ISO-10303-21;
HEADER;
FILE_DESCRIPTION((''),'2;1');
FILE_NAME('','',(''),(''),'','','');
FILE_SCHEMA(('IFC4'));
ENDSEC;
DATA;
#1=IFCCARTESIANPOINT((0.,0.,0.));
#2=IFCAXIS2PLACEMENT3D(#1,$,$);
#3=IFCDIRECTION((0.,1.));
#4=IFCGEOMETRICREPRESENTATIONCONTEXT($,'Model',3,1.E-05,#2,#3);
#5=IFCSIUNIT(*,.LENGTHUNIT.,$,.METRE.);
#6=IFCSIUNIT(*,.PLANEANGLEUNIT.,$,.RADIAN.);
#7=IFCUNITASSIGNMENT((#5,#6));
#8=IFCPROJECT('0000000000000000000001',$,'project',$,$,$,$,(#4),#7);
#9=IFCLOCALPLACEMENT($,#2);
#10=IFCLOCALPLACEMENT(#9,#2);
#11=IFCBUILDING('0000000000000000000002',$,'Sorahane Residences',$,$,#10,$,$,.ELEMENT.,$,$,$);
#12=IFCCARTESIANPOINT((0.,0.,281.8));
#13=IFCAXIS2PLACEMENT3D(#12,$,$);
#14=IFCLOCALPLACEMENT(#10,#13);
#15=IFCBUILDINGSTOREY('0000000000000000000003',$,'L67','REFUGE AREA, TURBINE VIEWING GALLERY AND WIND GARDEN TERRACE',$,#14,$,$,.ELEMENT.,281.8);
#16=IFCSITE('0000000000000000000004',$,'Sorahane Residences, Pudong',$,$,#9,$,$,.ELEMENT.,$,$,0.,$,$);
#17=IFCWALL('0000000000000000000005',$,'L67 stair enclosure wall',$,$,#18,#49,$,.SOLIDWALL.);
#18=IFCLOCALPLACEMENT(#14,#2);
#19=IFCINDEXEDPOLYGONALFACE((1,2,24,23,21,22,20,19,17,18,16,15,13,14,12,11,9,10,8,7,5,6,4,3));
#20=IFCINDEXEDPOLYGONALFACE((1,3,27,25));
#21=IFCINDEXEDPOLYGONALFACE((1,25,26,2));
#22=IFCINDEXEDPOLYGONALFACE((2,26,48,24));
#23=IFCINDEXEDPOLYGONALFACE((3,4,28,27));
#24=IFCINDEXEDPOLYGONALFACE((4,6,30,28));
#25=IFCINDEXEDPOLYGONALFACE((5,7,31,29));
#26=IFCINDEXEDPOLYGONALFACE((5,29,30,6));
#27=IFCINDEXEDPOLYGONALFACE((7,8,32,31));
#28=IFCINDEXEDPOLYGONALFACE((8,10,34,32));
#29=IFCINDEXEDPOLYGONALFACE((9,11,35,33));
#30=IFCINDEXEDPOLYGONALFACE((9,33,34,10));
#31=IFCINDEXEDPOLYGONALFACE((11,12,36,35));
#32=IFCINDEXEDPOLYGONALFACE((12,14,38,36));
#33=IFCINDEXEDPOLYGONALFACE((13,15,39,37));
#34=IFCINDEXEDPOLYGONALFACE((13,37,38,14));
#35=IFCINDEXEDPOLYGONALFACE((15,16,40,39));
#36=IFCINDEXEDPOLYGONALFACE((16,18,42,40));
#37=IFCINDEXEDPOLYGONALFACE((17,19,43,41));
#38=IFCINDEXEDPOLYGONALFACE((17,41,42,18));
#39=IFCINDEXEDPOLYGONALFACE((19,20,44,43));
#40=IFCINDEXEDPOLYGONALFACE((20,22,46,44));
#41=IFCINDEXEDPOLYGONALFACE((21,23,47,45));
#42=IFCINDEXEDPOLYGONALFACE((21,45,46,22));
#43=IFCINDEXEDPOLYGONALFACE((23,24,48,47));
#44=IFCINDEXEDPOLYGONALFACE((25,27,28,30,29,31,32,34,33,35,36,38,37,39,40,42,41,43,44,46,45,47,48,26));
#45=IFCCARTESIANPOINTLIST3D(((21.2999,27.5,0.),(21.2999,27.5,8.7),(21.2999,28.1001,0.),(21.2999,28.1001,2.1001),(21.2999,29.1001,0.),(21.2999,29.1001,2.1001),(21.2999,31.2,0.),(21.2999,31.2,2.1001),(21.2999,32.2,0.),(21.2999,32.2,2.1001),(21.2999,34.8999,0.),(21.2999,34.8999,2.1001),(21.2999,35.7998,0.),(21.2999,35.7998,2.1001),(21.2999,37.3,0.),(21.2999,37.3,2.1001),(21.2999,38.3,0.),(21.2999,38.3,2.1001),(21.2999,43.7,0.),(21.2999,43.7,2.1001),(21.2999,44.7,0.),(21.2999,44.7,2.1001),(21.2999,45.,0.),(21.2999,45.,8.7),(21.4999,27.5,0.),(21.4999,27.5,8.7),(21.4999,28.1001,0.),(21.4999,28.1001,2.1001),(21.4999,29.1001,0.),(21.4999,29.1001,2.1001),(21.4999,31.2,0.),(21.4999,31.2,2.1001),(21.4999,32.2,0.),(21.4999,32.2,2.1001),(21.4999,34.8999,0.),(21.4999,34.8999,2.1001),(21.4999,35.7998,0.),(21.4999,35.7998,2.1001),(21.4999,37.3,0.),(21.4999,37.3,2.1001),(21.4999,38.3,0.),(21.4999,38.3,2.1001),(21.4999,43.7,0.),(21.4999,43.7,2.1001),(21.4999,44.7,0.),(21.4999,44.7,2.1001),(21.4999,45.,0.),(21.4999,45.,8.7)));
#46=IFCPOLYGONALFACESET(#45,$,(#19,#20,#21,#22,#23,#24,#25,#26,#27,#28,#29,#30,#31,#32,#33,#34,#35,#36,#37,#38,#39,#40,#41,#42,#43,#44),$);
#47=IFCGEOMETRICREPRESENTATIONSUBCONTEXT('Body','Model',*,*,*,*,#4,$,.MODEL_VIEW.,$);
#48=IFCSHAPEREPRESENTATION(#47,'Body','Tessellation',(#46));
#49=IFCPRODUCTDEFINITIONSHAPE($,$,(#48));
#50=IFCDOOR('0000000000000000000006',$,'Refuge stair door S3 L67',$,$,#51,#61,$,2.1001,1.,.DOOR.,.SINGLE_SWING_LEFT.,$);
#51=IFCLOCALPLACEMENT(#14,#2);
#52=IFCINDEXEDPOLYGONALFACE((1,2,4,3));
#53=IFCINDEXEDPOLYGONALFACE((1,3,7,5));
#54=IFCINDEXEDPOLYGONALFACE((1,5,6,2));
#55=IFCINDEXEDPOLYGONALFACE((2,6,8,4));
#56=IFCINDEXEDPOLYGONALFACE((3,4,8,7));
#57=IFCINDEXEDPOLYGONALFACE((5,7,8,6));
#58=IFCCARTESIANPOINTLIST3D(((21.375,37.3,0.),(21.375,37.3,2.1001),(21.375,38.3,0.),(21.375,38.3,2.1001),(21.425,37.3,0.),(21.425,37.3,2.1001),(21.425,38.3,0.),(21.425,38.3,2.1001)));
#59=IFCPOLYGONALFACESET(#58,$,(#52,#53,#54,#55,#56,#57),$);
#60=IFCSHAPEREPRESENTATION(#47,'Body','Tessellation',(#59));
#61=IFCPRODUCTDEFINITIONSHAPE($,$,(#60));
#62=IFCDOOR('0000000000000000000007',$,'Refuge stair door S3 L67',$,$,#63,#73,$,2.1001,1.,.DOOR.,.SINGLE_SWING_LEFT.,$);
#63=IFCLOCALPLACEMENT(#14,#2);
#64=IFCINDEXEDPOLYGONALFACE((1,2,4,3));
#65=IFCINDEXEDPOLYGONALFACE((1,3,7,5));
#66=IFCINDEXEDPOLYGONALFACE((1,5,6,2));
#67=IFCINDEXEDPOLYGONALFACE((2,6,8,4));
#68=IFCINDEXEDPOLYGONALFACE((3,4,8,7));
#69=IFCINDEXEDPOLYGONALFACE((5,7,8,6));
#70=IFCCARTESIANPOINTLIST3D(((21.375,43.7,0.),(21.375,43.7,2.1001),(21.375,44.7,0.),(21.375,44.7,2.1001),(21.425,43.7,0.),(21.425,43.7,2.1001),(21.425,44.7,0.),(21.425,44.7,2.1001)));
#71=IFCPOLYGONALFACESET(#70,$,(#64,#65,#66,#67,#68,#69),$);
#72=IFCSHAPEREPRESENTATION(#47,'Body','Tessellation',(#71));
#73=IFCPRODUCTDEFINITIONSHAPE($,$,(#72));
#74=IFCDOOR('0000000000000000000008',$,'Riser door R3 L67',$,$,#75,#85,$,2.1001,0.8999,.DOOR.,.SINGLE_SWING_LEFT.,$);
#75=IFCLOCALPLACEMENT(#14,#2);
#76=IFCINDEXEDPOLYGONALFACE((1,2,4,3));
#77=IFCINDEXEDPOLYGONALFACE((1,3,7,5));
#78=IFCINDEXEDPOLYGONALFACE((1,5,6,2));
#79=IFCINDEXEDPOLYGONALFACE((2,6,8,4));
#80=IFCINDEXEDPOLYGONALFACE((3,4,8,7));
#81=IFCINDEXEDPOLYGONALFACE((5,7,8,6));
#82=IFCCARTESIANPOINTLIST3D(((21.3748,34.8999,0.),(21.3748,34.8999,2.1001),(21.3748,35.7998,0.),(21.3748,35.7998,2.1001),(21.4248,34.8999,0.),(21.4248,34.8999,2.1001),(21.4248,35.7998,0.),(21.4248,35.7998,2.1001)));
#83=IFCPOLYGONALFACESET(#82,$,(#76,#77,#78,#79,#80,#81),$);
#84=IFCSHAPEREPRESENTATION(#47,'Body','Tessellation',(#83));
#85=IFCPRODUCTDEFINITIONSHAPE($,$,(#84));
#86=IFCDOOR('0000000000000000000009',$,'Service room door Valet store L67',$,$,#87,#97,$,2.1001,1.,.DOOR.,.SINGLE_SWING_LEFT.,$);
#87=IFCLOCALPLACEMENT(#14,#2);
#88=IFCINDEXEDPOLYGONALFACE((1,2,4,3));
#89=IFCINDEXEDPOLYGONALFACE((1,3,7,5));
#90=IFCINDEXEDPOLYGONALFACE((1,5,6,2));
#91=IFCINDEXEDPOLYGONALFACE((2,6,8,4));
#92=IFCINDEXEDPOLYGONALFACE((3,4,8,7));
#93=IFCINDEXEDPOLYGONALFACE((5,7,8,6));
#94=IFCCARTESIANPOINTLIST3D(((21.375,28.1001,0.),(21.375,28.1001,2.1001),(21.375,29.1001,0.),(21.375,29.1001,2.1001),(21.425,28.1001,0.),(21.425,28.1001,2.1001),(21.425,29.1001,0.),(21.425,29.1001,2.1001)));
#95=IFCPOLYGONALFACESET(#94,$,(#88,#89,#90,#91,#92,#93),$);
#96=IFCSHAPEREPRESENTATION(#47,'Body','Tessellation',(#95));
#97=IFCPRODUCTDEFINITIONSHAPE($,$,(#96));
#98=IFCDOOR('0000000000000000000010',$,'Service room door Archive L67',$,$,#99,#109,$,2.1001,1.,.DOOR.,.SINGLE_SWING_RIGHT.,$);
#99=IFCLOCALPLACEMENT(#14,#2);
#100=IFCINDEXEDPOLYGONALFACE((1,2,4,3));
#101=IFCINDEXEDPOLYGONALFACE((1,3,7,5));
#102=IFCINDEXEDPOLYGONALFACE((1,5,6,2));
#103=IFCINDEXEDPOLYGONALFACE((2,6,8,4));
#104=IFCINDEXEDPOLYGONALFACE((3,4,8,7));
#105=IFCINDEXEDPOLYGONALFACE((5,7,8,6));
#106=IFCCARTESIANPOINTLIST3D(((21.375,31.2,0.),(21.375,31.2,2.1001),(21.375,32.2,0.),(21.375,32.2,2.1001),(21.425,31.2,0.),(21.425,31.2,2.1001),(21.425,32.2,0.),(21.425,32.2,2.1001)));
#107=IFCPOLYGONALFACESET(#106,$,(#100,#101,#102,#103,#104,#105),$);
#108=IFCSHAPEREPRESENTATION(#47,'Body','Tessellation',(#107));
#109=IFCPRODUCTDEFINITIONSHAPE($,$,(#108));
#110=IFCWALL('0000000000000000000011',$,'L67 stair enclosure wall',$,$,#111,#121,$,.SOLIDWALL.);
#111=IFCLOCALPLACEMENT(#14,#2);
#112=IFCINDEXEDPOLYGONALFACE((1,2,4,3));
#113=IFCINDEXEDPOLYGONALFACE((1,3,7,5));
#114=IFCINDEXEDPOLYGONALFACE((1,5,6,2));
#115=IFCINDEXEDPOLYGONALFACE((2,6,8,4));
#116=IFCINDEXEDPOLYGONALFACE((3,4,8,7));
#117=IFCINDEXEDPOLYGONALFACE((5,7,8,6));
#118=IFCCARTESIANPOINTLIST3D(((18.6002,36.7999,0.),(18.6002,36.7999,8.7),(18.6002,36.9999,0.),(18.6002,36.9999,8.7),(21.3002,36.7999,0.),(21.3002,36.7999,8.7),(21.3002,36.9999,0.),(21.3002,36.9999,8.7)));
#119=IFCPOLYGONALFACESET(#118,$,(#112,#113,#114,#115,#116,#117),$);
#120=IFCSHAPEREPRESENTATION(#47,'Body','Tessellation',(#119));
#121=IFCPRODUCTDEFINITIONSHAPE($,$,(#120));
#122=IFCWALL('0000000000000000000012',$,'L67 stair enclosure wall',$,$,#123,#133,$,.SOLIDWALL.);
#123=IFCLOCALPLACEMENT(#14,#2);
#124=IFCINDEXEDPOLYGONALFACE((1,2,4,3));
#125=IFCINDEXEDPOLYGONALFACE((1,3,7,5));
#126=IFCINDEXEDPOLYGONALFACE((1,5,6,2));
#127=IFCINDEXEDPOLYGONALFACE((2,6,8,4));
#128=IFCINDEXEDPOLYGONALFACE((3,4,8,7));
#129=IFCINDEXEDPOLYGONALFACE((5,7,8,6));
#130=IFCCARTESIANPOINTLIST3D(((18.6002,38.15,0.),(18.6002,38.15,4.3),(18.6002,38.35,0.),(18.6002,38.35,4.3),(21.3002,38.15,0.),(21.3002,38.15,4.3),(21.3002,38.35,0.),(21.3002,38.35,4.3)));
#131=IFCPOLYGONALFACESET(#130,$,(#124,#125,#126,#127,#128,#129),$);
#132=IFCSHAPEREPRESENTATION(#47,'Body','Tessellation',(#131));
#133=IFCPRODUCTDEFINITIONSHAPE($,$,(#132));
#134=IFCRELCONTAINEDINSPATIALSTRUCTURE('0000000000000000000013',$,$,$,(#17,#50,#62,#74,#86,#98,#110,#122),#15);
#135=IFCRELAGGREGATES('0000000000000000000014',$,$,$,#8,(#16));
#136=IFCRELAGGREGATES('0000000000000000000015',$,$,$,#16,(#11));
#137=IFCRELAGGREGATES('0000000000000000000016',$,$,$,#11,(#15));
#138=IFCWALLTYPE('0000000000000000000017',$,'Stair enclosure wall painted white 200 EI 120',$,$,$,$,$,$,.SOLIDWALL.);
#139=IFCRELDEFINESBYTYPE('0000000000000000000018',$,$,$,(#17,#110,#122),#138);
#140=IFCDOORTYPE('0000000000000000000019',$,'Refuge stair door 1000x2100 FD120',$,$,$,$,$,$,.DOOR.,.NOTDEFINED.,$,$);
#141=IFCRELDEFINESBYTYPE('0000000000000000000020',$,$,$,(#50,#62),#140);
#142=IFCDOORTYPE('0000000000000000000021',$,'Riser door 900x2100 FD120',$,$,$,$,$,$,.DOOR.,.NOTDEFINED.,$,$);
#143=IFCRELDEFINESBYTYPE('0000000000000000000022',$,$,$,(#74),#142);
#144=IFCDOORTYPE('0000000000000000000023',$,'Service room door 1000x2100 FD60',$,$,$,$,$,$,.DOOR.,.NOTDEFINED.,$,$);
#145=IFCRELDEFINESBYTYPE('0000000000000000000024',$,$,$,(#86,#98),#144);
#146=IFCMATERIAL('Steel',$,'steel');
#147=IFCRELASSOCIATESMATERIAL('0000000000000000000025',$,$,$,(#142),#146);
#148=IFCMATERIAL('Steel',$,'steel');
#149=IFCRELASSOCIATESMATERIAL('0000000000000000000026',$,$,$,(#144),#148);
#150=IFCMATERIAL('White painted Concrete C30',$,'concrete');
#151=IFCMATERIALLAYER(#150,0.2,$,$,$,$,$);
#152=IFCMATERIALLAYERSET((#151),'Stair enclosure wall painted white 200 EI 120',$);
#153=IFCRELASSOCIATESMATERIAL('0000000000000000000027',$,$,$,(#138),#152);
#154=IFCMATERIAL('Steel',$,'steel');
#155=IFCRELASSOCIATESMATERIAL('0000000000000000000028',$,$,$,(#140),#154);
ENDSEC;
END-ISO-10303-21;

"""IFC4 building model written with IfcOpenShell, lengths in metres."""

from ifc_helpers import new_model, si_unit, direction, frame, frame_2d, origin, place, context, subcontext, project, spatial, rectangle, extrude, material, layer, layer_set, type_object, element, fill, save


model = new_model("IFC4")

# Units and contexts
model_context = context("Model", 3, precision=1e-05, world=origin(), true_north=direction((0.0, 1.0)))
body_context = subcontext(model_context, "Body", "Model", "MODEL_VIEW")
ifc_project = project(units=[si_unit("LENGTHUNIT", "METRE"), si_unit("PLANEANGLEUNIT", "RADIAN")], contexts=[model_context])

# Site, building, storey
site_placement = place(None, origin())
site = spatial("IfcSite", under=ifc_project, at=site_placement, Name="Sorahane Residences, Pudong", CompositionType="ELEMENT", RefElevation=0.0)
building_placement = place(site_placement, origin())
building = spatial("IfcBuilding", under=site, at=building_placement, Name="Sorahane Residences", CompositionType="ELEMENT")
storey_placement = place(building_placement, frame((0.0, 0.0, 281.8)))
storey = spatial("IfcBuildingStorey", under=building, at=storey_placement, Name="L67", Description="REFUGE AREA, TURBINE VIEWING GALLERY AND WIND GARDEN TERRACE", CompositionType="ELEMENT", Elevation=281.8)

# Shared definitions
ifc_material_1 = material(Name="Steel", Category="steel")
door_type_1 = type_object("IfcDoorType", Name="Riser door 900x2100 FD120", OperationType="NOTDEFINED", PredefinedType="DOOR", material=ifc_material_1)
ifc_material_2 = material(Name="Steel", Category="steel")
door_type_2 = type_object("IfcDoorType", Name="Service room door 1000x2100 FD60", OperationType="NOTDEFINED", PredefinedType="DOOR", material=ifc_material_2)

# Wall, openings, doors
ifc_material_3 = material(Name="White painted Concrete C30", Category="concrete")
ifc_layer_1 = layer(ifc_material_3, 0.2)
ifc_layer_set_1 = layer_set([ifc_layer_1], Name="Stair enclosure wall painted white 200 EI 120")
wall_type_1 = type_object("IfcWallType", Name="Stair enclosure wall painted white 200 EI 120", PredefinedType="SOLIDWALL", material=ifc_layer_set_1)
wall_1_placement = place(storey_placement, frame((21.3999, 27.5, 0.0), z_axis=(0.0, 0.0, 1.0), x_axis=(0.0, 1.0, 0.0)))
wall_1 = element("IfcWall", 1, at=wall_1_placement, inside=storey, type_object=wall_type_1, Name="L67 stair enclosure wall", PredefinedType="SOLIDWALL", context=body_context, shape_type="SweptSolid", body=[
    extrude(rectangle(XDim=17.5, YDim=0.2, at=frame_2d((8.75, 0.0))), origin(), (0.0, 0.0, 1.0), 8.7),
])
opening_1_placement = place(wall_1_placement, frame((0.6001, 0.0, 0.0)))
opening_1 = element("IfcOpeningElement", 2, at=opening_1_placement, cuts=wall_1, PredefinedType="OPENING", context=body_context, shape_type="SweptSolid", body=[
    extrude(rectangle(XDim=1.0, YDim=2.1001, at=frame_2d((0.5, 1.05))), frame((0.0, 0.1099, 0.0), z_axis=(0.0, -1.0, 0.0), x_axis=(1.0, 0.0, 0.0)), (0.0, 0.0, 1.0), 0.22),
])
opening_2_placement = place(wall_1_placement, frame((3.7, 0.0, 0.0)))
opening_2 = element("IfcOpeningElement", 3, at=opening_2_placement, cuts=wall_1, PredefinedType="OPENING", context=body_context, shape_type="SweptSolid", body=[
    extrude(rectangle(XDim=1.0, YDim=2.1001, at=frame_2d((0.5, 1.05))), frame((0.0, 0.1099, 0.0), z_axis=(0.0, -1.0, 0.0), x_axis=(1.0, 0.0, 0.0)), (0.0, 0.0, 1.0), 0.22),
])
opening_3_placement = place(wall_1_placement, frame((9.8, 0.0, 0.0)))
opening_3 = element("IfcOpeningElement", 4, at=opening_3_placement, cuts=wall_1, PredefinedType="OPENING", context=body_context, shape_type="SweptSolid", body=[
    extrude(rectangle(XDim=1.0, YDim=2.1001, at=frame_2d((0.5, 1.05))), frame((0.0, 0.1099, 0.0), z_axis=(0.0, -1.0, 0.0), x_axis=(1.0, 0.0, 0.0)), (0.0, 0.0, 1.0), 0.22),
])
opening_4_placement = place(wall_1_placement, frame((16.2, 0.0, 0.0)))
opening_4 = element("IfcOpeningElement", 5, at=opening_4_placement, cuts=wall_1, PredefinedType="OPENING", context=body_context, shape_type="SweptSolid", body=[
    extrude(rectangle(XDim=1.0, YDim=2.1001, at=frame_2d((0.5, 1.05))), frame((0.0, 0.1099, 0.0), z_axis=(0.0, -1.0, 0.0), x_axis=(1.0, 0.0, 0.0)), (0.0, 0.0, 1.0), 0.22),
])
opening_5_placement = place(wall_1_placement, frame((7.3999, 0.0, 0.0)))
opening_5 = element("IfcOpeningElement", 6, at=opening_5_placement, cuts=wall_1, PredefinedType="OPENING", context=body_context, shape_type="SweptSolid", body=[
    extrude(rectangle(XDim=0.8999, YDim=2.1001, at=frame_2d((0.45, 1.05))), frame((0.0, 0.1099, 0.0), z_axis=(0.0, -1.0, 0.0), x_axis=(1.0, 0.0, 0.0)), (0.0, 0.0, 1.0), 0.22),
])
ifc_material_4 = material(Name="Steel", Category="steel")
door_type_3 = type_object("IfcDoorType", Name="Refuge stair door 1000x2100 FD120", OperationType="NOTDEFINED", PredefinedType="DOOR", material=ifc_material_4)
door_1_placement = place(opening_3_placement, origin())
door_1 = element("IfcDoor", 7, at=door_1_placement, inside=storey, type_object=door_type_3, Name="Refuge stair door S3 L67", OperationType="SINGLE_SWING_LEFT", OverallHeight=2.1001, OverallWidth=1.0, PredefinedType="DOOR", context=body_context, shape_type="SweptSolid", body=[
    extrude(rectangle(XDim=1.0, YDim=2.1001, at=frame_2d((0.5, 1.05))), frame((0.0, 0.0249, 0.0), z_axis=(0.0, -1.0, 0.0), x_axis=(1.0, 0.0, 0.0)), (0.0, 0.0, 1.0), 0.05),
])
fill(opening_3, door_1)
door_2_placement = place(opening_4_placement, origin())
door_2 = element("IfcDoor", 8, at=door_2_placement, inside=storey, type_object=door_type_3, Name="Refuge stair door S3 L67", OperationType="SINGLE_SWING_LEFT", OverallHeight=2.1001, OverallWidth=1.0, PredefinedType="DOOR", context=body_context, shape_type="SweptSolid", body=[
    extrude(rectangle(XDim=1.0, YDim=2.1001, at=frame_2d((0.5, 1.05))), frame((0.0, 0.0249, 0.0), z_axis=(0.0, -1.0, 0.0), x_axis=(1.0, 0.0, 0.0)), (0.0, 0.0, 1.0), 0.05),
])
fill(opening_4, door_2)
door_3_placement = place(opening_5_placement, frame((0.8999, 0.0, 0.0), z_axis=(0.0, 0.0, 1.0), x_axis=(-1.0, 0.0, 0.0)))
door_3 = element("IfcDoor", 9, at=door_3_placement, inside=storey, type_object=door_type_1, Name="Riser door R3 L67", OperationType="SINGLE_SWING_LEFT", OverallHeight=2.1001, OverallWidth=0.8999, PredefinedType="DOOR", context=body_context, shape_type="SweptSolid", body=[
    extrude(rectangle(XDim=0.8999, YDim=2.1001, at=frame_2d((0.45, 1.05))), frame((0.0, 0.0249, 0.0), z_axis=(0.0, -1.0, 0.0), x_axis=(1.0, 0.0, 0.0)), (0.0, 0.0, 1.0), 0.05),
])
fill(opening_5, door_3)
door_4_placement = place(opening_1_placement, origin())
door_4 = element("IfcDoor", 10, at=door_4_placement, inside=storey, type_object=door_type_2, Name="Service room door Valet store L67", OperationType="SINGLE_SWING_LEFT", OverallHeight=2.1001, OverallWidth=1.0, PredefinedType="DOOR", context=body_context, shape_type="SweptSolid", body=[
    extrude(rectangle(XDim=1.0, YDim=2.1001, at=frame_2d((0.5, 1.05))), frame((0.0, 0.0249, 0.0), z_axis=(0.0, -1.0, 0.0), x_axis=(1.0, 0.0, 0.0)), (0.0, 0.0, 1.0), 0.05),
])
fill(opening_1, door_4)
door_5_placement = place(opening_2_placement, origin())
door_5 = element("IfcDoor", 11, at=door_5_placement, inside=storey, type_object=door_type_2, Name="Service room door Archive L67", OperationType="SINGLE_SWING_RIGHT", OverallHeight=2.1001, OverallWidth=1.0, PredefinedType="DOOR", context=body_context, shape_type="SweptSolid", body=[
    extrude(rectangle(XDim=1.0, YDim=2.1001, at=frame_2d((0.5, 1.05))), frame((0.0, 0.0249, 0.0), z_axis=(0.0, -1.0, 0.0), x_axis=(1.0, 0.0, 0.0)), (0.0, 0.0, 1.0), 0.05),
])
fill(opening_2, door_5)

# Walls
wall_2_placement = place(storey_placement, frame((18.6001, 36.8999, 0.0), z_axis=(0.0, 0.0, 1.0), x_axis=(1.0, 0.0, 0.0)))
element("IfcWall", 12, at=wall_2_placement, inside=storey, type_object=wall_type_1, Name="L67 stair enclosure wall", PredefinedType="SOLIDWALL", context=body_context, shape_type="SweptSolid", body=[
    extrude(rectangle(XDim=2.7, YDim=0.2, at=frame_2d((1.3501, 0.0))), origin(), (0.0, 0.0, 1.0), 8.7),
])
wall_3_placement = place(storey_placement, frame((18.6001, 38.25, 0.0), z_axis=(0.0, 0.0, 1.0), x_axis=(1.0, 0.0, 0.0)))
element("IfcWall", 13, at=wall_3_placement, inside=storey, type_object=wall_type_1, Name="L67 stair enclosure wall", PredefinedType="SOLIDWALL", context=body_context, shape_type="SweptSolid", body=[
    extrude(rectangle(XDim=2.7, YDim=0.2, at=frame_2d((1.3501, 0.0))), origin(), (0.0, 0.0, 1.0), 4.3),
])

save(model, "model.ifc")
